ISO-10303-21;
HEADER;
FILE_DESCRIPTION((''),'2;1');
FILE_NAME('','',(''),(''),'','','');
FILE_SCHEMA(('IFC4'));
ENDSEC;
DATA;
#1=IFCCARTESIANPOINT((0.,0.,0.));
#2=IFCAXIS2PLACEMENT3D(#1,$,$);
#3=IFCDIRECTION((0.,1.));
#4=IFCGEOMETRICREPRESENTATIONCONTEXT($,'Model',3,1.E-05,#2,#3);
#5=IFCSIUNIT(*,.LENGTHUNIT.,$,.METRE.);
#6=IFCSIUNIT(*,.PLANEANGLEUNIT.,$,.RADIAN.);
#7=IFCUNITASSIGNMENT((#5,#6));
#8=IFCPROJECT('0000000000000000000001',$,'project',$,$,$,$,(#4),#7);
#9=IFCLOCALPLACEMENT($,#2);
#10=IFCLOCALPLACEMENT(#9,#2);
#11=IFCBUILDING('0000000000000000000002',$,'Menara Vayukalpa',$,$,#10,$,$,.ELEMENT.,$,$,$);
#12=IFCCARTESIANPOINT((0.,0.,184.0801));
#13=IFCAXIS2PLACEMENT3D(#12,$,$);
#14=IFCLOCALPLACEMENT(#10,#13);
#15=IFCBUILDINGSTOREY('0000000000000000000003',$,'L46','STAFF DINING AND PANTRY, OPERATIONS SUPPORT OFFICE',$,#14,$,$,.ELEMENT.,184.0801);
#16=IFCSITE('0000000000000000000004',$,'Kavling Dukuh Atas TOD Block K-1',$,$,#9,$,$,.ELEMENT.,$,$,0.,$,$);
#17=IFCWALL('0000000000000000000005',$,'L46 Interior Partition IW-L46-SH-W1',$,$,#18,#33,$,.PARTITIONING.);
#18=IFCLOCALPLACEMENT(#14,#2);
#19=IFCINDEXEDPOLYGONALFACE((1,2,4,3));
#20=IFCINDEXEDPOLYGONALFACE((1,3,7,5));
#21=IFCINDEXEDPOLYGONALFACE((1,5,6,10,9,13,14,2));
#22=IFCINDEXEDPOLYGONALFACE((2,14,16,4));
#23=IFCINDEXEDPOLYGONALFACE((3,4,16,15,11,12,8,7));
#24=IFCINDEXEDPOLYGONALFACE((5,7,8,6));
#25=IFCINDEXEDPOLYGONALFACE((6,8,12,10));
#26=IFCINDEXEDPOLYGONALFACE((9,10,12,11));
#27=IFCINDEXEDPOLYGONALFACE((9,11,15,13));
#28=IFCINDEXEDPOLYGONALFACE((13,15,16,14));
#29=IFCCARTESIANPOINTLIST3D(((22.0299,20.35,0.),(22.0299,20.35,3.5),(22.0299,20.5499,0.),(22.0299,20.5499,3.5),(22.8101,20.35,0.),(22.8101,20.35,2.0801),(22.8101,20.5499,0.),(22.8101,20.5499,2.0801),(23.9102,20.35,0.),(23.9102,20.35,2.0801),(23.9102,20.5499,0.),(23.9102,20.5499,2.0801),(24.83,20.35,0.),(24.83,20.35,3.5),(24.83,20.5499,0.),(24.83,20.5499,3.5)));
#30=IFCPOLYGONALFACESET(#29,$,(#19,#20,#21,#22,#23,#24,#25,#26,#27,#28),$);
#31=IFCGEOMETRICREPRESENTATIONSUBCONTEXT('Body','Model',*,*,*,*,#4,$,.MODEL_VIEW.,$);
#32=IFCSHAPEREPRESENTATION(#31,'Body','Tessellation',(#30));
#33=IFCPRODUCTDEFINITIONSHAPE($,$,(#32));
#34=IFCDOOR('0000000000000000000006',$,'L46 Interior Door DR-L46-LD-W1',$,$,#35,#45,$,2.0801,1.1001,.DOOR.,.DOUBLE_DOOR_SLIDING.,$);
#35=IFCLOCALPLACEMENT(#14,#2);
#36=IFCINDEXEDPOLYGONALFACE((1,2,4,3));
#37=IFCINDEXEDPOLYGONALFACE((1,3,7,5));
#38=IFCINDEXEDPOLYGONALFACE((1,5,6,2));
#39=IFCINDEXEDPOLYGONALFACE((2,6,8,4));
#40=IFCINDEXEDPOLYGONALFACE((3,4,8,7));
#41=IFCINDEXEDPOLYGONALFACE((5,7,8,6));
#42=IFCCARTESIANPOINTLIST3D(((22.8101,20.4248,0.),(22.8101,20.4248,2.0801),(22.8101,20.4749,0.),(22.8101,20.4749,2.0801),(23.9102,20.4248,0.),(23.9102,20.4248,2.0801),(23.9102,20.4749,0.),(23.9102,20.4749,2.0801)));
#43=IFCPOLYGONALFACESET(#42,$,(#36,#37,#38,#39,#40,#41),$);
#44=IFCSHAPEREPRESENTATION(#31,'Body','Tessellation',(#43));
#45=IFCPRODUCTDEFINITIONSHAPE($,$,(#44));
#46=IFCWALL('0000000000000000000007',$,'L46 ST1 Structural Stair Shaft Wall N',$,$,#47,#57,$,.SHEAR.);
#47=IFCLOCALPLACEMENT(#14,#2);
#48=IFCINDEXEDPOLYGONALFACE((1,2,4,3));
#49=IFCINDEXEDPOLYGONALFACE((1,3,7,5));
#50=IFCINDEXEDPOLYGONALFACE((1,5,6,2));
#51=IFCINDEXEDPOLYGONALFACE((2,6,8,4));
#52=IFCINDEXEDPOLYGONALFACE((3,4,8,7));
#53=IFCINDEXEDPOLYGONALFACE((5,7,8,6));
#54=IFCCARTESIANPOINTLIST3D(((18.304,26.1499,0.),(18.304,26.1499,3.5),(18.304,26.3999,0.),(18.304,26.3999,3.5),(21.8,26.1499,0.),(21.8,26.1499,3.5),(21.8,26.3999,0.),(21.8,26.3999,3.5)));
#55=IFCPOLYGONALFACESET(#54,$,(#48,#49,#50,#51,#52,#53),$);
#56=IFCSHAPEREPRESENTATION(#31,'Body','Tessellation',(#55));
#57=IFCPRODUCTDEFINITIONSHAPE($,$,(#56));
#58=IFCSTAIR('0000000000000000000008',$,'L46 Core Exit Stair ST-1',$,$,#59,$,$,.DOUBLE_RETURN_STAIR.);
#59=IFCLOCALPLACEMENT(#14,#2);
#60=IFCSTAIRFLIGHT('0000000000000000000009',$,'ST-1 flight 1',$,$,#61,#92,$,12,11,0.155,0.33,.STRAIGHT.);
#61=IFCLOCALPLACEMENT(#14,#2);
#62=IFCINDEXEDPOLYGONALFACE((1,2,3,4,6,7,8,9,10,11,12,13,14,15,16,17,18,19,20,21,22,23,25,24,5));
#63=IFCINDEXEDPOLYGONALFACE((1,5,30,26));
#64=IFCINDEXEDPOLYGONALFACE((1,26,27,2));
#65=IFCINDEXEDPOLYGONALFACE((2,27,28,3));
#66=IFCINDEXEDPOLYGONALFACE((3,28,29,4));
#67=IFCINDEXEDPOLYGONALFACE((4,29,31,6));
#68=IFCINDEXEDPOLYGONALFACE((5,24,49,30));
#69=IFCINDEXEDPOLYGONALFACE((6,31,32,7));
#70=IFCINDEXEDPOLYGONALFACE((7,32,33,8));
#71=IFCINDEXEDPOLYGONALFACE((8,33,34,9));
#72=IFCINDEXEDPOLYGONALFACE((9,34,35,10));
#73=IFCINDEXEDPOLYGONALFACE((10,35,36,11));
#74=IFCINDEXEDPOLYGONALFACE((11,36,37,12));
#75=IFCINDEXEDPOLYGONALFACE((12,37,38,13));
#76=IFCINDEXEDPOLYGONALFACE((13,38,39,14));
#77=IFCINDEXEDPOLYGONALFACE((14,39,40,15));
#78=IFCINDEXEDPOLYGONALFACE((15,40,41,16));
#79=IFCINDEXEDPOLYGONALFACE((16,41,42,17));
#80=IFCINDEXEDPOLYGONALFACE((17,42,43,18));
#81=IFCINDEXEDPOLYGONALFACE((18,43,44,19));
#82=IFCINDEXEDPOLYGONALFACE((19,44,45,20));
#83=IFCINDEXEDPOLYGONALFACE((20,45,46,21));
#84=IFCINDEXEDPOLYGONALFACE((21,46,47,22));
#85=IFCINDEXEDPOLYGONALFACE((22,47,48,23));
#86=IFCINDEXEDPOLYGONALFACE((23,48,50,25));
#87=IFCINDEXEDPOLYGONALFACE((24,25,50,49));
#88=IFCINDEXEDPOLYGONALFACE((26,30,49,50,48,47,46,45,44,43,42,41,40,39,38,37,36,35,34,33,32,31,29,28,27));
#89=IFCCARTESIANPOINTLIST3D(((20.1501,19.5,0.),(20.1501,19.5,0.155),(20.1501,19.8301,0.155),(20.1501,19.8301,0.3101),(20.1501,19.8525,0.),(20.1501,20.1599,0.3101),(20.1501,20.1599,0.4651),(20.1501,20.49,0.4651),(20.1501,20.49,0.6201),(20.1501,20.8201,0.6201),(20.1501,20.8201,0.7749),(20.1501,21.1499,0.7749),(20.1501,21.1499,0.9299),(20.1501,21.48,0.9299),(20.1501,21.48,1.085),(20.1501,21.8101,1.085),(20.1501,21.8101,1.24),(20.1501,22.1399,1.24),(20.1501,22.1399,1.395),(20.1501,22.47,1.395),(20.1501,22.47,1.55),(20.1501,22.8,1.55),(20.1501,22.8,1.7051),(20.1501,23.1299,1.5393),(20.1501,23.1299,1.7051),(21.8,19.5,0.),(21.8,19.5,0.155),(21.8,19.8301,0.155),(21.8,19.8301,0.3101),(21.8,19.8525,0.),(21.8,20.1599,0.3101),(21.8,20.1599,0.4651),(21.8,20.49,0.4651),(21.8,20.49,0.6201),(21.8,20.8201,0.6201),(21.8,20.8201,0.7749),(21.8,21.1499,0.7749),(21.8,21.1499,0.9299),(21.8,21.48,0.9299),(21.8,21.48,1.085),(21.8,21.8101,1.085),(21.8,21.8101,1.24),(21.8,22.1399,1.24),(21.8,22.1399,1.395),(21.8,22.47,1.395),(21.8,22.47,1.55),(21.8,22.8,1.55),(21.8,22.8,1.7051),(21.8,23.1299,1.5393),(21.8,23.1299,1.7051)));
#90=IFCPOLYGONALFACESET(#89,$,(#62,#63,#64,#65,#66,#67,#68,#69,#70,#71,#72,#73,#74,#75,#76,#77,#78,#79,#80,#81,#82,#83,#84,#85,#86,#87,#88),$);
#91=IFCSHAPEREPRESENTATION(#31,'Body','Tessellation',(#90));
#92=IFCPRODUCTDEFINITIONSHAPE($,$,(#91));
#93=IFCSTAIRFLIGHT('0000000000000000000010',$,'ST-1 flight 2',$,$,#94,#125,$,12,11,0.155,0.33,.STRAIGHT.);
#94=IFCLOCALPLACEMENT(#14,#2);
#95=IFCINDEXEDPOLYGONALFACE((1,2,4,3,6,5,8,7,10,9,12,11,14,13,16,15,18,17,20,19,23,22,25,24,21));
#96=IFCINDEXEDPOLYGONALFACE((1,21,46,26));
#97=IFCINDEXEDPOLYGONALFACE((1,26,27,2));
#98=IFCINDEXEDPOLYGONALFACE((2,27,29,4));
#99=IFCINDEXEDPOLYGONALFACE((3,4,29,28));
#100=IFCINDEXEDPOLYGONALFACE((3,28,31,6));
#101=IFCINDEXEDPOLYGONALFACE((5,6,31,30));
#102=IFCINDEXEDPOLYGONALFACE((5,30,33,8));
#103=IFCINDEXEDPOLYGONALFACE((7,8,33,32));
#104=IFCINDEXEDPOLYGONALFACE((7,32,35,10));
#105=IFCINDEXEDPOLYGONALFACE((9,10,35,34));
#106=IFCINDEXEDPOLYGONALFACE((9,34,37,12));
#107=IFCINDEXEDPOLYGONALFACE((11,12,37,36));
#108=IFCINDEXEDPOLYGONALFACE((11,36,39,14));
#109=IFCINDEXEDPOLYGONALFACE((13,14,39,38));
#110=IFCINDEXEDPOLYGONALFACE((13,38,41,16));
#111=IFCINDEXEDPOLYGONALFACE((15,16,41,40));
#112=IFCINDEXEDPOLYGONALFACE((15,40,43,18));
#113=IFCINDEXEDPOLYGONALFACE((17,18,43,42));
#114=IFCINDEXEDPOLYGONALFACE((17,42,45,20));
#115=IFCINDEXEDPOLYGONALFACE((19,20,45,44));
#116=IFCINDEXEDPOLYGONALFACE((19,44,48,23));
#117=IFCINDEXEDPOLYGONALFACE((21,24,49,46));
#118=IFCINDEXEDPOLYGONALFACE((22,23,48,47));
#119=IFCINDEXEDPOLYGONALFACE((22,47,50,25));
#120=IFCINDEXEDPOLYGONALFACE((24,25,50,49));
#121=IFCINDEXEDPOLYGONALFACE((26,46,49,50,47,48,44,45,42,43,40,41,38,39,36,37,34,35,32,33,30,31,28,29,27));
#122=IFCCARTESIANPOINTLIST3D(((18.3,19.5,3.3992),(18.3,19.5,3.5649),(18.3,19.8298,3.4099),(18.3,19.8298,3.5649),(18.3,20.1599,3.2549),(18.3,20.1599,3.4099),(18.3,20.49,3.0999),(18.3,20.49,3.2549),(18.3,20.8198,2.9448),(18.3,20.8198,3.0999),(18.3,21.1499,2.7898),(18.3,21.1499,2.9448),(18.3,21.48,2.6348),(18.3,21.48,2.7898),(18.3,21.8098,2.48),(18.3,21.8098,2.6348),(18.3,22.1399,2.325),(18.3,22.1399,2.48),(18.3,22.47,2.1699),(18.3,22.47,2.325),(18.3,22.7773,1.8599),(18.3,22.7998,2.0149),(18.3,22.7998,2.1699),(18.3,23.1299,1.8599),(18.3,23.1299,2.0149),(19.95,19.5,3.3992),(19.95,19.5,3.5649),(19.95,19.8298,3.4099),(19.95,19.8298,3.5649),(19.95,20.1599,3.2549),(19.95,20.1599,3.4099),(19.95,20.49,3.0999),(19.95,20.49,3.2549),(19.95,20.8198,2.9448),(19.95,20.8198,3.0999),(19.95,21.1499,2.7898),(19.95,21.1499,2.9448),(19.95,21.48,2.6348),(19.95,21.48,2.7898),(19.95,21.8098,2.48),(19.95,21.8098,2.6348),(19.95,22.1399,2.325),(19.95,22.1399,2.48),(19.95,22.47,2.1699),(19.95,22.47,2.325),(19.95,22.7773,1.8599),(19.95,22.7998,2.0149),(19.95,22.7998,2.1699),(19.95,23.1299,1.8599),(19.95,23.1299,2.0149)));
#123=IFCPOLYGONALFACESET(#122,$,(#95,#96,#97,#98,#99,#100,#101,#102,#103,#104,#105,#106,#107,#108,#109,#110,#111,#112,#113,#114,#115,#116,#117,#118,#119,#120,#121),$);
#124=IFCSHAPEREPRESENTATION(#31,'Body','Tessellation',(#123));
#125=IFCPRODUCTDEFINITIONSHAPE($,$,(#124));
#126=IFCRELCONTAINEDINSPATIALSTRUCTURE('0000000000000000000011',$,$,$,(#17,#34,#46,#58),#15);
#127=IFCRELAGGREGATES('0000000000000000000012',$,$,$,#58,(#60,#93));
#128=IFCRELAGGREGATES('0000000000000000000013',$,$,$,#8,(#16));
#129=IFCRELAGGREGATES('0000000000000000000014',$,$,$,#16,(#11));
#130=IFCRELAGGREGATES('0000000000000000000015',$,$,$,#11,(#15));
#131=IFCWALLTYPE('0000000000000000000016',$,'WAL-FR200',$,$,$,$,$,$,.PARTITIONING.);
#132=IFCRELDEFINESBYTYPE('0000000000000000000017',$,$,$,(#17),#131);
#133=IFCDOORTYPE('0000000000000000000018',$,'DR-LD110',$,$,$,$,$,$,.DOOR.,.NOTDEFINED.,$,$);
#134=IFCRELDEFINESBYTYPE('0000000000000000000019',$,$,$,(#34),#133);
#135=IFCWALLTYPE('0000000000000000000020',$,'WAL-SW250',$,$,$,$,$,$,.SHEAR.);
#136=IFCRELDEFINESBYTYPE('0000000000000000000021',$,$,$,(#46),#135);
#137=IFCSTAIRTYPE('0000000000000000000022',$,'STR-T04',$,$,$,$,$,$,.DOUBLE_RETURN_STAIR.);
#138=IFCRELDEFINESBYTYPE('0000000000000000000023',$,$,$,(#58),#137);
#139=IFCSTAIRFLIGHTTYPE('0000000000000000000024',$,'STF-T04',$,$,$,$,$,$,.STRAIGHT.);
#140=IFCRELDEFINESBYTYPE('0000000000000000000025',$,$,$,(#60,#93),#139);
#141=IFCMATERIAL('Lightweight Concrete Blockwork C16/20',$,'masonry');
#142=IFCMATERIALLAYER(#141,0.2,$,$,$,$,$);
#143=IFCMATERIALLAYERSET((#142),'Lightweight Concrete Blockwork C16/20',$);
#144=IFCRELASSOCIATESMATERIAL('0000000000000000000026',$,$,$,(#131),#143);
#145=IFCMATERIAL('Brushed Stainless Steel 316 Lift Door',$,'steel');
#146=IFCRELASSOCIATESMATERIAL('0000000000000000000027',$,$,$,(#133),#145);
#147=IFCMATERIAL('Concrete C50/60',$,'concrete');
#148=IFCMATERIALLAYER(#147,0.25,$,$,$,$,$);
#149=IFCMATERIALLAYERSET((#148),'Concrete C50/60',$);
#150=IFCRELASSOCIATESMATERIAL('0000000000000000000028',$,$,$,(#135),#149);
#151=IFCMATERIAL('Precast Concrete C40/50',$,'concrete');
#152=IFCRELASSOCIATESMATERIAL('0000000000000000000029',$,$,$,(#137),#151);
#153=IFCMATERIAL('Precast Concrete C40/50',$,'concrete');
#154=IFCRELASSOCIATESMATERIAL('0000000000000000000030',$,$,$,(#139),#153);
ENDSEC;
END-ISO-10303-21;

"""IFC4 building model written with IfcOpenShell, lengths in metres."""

from ifc_helpers import new_model, si_unit, direction, frame, frame_2d, origin, place, context, subcontext, project, spatial, polyline, rectangle, outline, extrude, material, layer, layer_set, type_object, element, fill, aggregate, save


model = new_model("IFC4")

# Units and contexts
model_context = context("Model", 3, precision=1e-05, world=origin(), true_north=direction((0.0, 1.0)))
body_context = subcontext(model_context, "Body", "Model", "MODEL_VIEW")
ifc_project = project(units=[si_unit("LENGTHUNIT", "METRE"), si_unit("PLANEANGLEUNIT", "RADIAN")], contexts=[model_context])

# Site, building, storey
site_placement = place(None, origin())
site = spatial("IfcSite", under=ifc_project, at=site_placement, Name="Kavling Dukuh Atas TOD Block K-1", CompositionType="ELEMENT", RefElevation=0.0)
building_placement = place(site_placement, origin())
building = spatial("IfcBuilding", under=site, at=building_placement, Name="Menara Vayukalpa", CompositionType="ELEMENT")
storey_placement = place(building_placement, frame((0.0, 0.0, 184.0801)))
storey = spatial("IfcBuildingStorey", under=building, at=storey_placement, Name="L46", Description="STAFF DINING AND PANTRY, OPERATIONS SUPPORT OFFICE", CompositionType="ELEMENT", Elevation=184.0801)

# Wall, opening, door
ifc_material_1 = material(Name="Lightweight Concrete Blockwork C16/20", Category="masonry")
ifc_layer_1 = layer(ifc_material_1, 0.2)
ifc_layer_set_1 = layer_set([ifc_layer_1], Name="Lightweight Concrete Blockwork C16/20")
wall_type_1 = type_object("IfcWallType", Name="WAL-FR200", PredefinedType="PARTITIONING", material=ifc_layer_set_1)
wall_1_placement = place(storey_placement, frame((22.03, 20.45, 0.0), z_axis=(0.0, 0.0, 1.0), x_axis=(1.0, 0.0, 0.0)))
wall_1 = element("IfcWall", 1, at=wall_1_placement, inside=storey, type_object=wall_type_1, Name="L46 Interior Partition IW-L46-SH-W1", PredefinedType="PARTITIONING", context=body_context, shape_type="SweptSolid", body=[
    extrude(rectangle(XDim=2.8, YDim=0.2, at=frame_2d((1.3999, 0.0))), origin(), (0.0, 0.0, 1.0), 3.5),
])
opening_placement = place(wall_1_placement, frame((0.78, 0.0, 0.0)))
opening = element("IfcOpeningElement", 2, at=opening_placement, cuts=wall_1, PredefinedType="OPENING", context=body_context, shape_type="SweptSolid", body=[
    extrude(rectangle(XDim=1.1001, YDim=2.0801, at=frame_2d((0.55, 1.04))), frame((0.0, 0.1099, 0.0), z_axis=(0.0, -1.0, 0.0), x_axis=(1.0, 0.0, 0.0)), (0.0, 0.0, 1.0), 0.22),
])
ifc_material_2 = material(Name="Brushed Stainless Steel 316 Lift Door", Category="steel")
door_type = type_object("IfcDoorType", Name="DR-LD110", OperationType="NOTDEFINED", PredefinedType="DOOR", material=ifc_material_2)
door_placement = place(opening_placement, origin())
door = element("IfcDoor", 3, at=door_placement, inside=storey, type_object=door_type, Name="L46 Interior Door DR-L46-LD-W1", OperationType="DOUBLE_DOOR_SLIDING", OverallHeight=2.0801, OverallWidth=1.1001, PredefinedType="DOOR", context=body_context, shape_type="SweptSolid", body=[
    extrude(rectangle(XDim=1.1001, YDim=2.0801, at=frame_2d((0.55, 1.04))), frame((0.0, 0.0249, 0.0), z_axis=(0.0, -1.0, 0.0), x_axis=(1.0, 0.0, 0.0)), (0.0, 0.0, 1.0), 0.05),
])
fill(opening, door)

# Wall
ifc_material_3 = material(Name="Concrete C50/60", Category="concrete")
ifc_layer_2 = layer(ifc_material_3, 0.25)
ifc_layer_set_2 = layer_set([ifc_layer_2], Name="Concrete C50/60")
wall_type_2 = type_object("IfcWallType", Name="WAL-SW250", PredefinedType="SHEAR", material=ifc_layer_set_2)
wall_2_placement = place(storey_placement, frame((18.304, 26.2749, 0.0), z_axis=(0.0, 0.0, 1.0), x_axis=(1.0, 0.0, 0.0)))
element("IfcWall", 4, at=wall_2_placement, inside=storey, type_object=wall_type_2, Name="L46 ST1 Structural Stair Shaft Wall N", PredefinedType="SHEAR", context=body_context, shape_type="SweptSolid", body=[
    extrude(rectangle(XDim=3.4961, YDim=0.25, at=frame_2d((1.748, 0.0))), origin(), (0.0, 0.0, 1.0), 3.5),
])

# Stair, stair flights
ifc_material_4 = material(Name="Precast Concrete C40/50", Category="concrete")
stair_type = type_object("IfcStairType", Name="STR-T04", PredefinedType="DOUBLE_RETURN_STAIR", material=ifc_material_4)
stair_placement = place(storey_placement, origin())
stair = element("IfcStair", 5, at=stair_placement, inside=storey, type_object=stair_type, Name="L46 Core Exit Stair ST-1", PredefinedType="DOUBLE_RETURN_STAIR")
ifc_material_5 = material(Name="Precast Concrete C40/50", Category="concrete")
stair_flight_type = type_object("IfcStairFlightType", Name="STF-T04", PredefinedType="STRAIGHT", material=ifc_material_5)
stair_flight_1_placement = place(storey_placement, frame((20.9751, 19.5, 0.0), z_axis=(0.0, 0.0, 1.0), x_axis=(0.0, 1.0, 0.0)))
stair_flight_1 = element("IfcStairFlight", 6, at=stair_flight_1_placement, type_object=stair_flight_type, Name="ST-1 flight 1", NumberOfRisers=12, NumberOfTreads=11, PredefinedType="STRAIGHT", RiserHeight=0.155, TreadLength=0.33, context=body_context, shape_type="SweptSolid", body=[
    extrude(outline(polyline([(0.0, 0.0), (0.0, 0.155), (0.3301, 0.155), (0.3301, 0.3101), (0.6599, 0.3101), (0.6599, 0.4651), (0.99, 0.4651), (0.99, 0.6201), (1.3201, 0.6201), (1.3201, 0.7749), (1.6499, 0.7749), (1.6499, 0.9299), (1.98, 0.9299), (1.98, 1.085), (2.3101, 1.085), (2.3101, 1.24), (2.6399, 1.24), (2.6399, 1.395), (2.97, 1.395), (2.97, 1.55), (3.3, 1.55), (3.3, 1.7051), (3.6299, 1.7051), (3.6299, 1.8601), (3.6299, 1.5393), (0.3525, 0.0), (0.0, 0.0)])), frame((0.0, 0.825, 0.0), z_axis=(0.0, -1.0, 0.0), x_axis=(1.0, 0.0, 0.0)), (0.0, 0.0, 1.0), 1.6499),
])
stair_flight_2_placement = place(storey_placement, frame((19.125, 23.1299, 1.8599), z_axis=(0.0, 0.0, 1.0), x_axis=(0.0, -1.0, 0.0)))
stair_flight_2 = element("IfcStairFlight", 7, at=stair_flight_2_placement, type_object=stair_flight_type, Name="ST-1 flight 2", NumberOfRisers=12, NumberOfTreads=11, PredefinedType="STRAIGHT", RiserHeight=0.155, TreadLength=0.33, context=body_context, shape_type="SweptSolid", body=[
    extrude(outline(polyline([(0.0, 0.0), (0.0, 0.155), (0.3301, 0.155), (0.3301, 0.3101), (0.6599, 0.3101), (0.6599, 0.4651), (0.99, 0.4651), (0.99, 0.6201), (1.3201, 0.6201), (1.3201, 0.7749), (1.6499, 0.7749), (1.6499, 0.9299), (1.98, 0.9299), (1.98, 1.085), (2.3101, 1.085), (2.3101, 1.24), (2.6399, 1.24), (2.6399, 1.395), (2.97, 1.395), (2.97, 1.55), (3.3, 1.55), (3.3, 1.7051), (3.6299, 1.7051), (3.6299, 1.8601), (3.6299, 1.5393), (0.3525, 0.0), (0.0, 0.0)])), frame((0.0, 0.825, 0.0), z_axis=(0.0, -1.0, 0.0), x_axis=(1.0, 0.0, 0.0)), (0.0, 0.0, 1.0), 1.6499),
])
aggregate(stair, [stair_flight_1, stair_flight_2])

save(model, "model.ifc")
